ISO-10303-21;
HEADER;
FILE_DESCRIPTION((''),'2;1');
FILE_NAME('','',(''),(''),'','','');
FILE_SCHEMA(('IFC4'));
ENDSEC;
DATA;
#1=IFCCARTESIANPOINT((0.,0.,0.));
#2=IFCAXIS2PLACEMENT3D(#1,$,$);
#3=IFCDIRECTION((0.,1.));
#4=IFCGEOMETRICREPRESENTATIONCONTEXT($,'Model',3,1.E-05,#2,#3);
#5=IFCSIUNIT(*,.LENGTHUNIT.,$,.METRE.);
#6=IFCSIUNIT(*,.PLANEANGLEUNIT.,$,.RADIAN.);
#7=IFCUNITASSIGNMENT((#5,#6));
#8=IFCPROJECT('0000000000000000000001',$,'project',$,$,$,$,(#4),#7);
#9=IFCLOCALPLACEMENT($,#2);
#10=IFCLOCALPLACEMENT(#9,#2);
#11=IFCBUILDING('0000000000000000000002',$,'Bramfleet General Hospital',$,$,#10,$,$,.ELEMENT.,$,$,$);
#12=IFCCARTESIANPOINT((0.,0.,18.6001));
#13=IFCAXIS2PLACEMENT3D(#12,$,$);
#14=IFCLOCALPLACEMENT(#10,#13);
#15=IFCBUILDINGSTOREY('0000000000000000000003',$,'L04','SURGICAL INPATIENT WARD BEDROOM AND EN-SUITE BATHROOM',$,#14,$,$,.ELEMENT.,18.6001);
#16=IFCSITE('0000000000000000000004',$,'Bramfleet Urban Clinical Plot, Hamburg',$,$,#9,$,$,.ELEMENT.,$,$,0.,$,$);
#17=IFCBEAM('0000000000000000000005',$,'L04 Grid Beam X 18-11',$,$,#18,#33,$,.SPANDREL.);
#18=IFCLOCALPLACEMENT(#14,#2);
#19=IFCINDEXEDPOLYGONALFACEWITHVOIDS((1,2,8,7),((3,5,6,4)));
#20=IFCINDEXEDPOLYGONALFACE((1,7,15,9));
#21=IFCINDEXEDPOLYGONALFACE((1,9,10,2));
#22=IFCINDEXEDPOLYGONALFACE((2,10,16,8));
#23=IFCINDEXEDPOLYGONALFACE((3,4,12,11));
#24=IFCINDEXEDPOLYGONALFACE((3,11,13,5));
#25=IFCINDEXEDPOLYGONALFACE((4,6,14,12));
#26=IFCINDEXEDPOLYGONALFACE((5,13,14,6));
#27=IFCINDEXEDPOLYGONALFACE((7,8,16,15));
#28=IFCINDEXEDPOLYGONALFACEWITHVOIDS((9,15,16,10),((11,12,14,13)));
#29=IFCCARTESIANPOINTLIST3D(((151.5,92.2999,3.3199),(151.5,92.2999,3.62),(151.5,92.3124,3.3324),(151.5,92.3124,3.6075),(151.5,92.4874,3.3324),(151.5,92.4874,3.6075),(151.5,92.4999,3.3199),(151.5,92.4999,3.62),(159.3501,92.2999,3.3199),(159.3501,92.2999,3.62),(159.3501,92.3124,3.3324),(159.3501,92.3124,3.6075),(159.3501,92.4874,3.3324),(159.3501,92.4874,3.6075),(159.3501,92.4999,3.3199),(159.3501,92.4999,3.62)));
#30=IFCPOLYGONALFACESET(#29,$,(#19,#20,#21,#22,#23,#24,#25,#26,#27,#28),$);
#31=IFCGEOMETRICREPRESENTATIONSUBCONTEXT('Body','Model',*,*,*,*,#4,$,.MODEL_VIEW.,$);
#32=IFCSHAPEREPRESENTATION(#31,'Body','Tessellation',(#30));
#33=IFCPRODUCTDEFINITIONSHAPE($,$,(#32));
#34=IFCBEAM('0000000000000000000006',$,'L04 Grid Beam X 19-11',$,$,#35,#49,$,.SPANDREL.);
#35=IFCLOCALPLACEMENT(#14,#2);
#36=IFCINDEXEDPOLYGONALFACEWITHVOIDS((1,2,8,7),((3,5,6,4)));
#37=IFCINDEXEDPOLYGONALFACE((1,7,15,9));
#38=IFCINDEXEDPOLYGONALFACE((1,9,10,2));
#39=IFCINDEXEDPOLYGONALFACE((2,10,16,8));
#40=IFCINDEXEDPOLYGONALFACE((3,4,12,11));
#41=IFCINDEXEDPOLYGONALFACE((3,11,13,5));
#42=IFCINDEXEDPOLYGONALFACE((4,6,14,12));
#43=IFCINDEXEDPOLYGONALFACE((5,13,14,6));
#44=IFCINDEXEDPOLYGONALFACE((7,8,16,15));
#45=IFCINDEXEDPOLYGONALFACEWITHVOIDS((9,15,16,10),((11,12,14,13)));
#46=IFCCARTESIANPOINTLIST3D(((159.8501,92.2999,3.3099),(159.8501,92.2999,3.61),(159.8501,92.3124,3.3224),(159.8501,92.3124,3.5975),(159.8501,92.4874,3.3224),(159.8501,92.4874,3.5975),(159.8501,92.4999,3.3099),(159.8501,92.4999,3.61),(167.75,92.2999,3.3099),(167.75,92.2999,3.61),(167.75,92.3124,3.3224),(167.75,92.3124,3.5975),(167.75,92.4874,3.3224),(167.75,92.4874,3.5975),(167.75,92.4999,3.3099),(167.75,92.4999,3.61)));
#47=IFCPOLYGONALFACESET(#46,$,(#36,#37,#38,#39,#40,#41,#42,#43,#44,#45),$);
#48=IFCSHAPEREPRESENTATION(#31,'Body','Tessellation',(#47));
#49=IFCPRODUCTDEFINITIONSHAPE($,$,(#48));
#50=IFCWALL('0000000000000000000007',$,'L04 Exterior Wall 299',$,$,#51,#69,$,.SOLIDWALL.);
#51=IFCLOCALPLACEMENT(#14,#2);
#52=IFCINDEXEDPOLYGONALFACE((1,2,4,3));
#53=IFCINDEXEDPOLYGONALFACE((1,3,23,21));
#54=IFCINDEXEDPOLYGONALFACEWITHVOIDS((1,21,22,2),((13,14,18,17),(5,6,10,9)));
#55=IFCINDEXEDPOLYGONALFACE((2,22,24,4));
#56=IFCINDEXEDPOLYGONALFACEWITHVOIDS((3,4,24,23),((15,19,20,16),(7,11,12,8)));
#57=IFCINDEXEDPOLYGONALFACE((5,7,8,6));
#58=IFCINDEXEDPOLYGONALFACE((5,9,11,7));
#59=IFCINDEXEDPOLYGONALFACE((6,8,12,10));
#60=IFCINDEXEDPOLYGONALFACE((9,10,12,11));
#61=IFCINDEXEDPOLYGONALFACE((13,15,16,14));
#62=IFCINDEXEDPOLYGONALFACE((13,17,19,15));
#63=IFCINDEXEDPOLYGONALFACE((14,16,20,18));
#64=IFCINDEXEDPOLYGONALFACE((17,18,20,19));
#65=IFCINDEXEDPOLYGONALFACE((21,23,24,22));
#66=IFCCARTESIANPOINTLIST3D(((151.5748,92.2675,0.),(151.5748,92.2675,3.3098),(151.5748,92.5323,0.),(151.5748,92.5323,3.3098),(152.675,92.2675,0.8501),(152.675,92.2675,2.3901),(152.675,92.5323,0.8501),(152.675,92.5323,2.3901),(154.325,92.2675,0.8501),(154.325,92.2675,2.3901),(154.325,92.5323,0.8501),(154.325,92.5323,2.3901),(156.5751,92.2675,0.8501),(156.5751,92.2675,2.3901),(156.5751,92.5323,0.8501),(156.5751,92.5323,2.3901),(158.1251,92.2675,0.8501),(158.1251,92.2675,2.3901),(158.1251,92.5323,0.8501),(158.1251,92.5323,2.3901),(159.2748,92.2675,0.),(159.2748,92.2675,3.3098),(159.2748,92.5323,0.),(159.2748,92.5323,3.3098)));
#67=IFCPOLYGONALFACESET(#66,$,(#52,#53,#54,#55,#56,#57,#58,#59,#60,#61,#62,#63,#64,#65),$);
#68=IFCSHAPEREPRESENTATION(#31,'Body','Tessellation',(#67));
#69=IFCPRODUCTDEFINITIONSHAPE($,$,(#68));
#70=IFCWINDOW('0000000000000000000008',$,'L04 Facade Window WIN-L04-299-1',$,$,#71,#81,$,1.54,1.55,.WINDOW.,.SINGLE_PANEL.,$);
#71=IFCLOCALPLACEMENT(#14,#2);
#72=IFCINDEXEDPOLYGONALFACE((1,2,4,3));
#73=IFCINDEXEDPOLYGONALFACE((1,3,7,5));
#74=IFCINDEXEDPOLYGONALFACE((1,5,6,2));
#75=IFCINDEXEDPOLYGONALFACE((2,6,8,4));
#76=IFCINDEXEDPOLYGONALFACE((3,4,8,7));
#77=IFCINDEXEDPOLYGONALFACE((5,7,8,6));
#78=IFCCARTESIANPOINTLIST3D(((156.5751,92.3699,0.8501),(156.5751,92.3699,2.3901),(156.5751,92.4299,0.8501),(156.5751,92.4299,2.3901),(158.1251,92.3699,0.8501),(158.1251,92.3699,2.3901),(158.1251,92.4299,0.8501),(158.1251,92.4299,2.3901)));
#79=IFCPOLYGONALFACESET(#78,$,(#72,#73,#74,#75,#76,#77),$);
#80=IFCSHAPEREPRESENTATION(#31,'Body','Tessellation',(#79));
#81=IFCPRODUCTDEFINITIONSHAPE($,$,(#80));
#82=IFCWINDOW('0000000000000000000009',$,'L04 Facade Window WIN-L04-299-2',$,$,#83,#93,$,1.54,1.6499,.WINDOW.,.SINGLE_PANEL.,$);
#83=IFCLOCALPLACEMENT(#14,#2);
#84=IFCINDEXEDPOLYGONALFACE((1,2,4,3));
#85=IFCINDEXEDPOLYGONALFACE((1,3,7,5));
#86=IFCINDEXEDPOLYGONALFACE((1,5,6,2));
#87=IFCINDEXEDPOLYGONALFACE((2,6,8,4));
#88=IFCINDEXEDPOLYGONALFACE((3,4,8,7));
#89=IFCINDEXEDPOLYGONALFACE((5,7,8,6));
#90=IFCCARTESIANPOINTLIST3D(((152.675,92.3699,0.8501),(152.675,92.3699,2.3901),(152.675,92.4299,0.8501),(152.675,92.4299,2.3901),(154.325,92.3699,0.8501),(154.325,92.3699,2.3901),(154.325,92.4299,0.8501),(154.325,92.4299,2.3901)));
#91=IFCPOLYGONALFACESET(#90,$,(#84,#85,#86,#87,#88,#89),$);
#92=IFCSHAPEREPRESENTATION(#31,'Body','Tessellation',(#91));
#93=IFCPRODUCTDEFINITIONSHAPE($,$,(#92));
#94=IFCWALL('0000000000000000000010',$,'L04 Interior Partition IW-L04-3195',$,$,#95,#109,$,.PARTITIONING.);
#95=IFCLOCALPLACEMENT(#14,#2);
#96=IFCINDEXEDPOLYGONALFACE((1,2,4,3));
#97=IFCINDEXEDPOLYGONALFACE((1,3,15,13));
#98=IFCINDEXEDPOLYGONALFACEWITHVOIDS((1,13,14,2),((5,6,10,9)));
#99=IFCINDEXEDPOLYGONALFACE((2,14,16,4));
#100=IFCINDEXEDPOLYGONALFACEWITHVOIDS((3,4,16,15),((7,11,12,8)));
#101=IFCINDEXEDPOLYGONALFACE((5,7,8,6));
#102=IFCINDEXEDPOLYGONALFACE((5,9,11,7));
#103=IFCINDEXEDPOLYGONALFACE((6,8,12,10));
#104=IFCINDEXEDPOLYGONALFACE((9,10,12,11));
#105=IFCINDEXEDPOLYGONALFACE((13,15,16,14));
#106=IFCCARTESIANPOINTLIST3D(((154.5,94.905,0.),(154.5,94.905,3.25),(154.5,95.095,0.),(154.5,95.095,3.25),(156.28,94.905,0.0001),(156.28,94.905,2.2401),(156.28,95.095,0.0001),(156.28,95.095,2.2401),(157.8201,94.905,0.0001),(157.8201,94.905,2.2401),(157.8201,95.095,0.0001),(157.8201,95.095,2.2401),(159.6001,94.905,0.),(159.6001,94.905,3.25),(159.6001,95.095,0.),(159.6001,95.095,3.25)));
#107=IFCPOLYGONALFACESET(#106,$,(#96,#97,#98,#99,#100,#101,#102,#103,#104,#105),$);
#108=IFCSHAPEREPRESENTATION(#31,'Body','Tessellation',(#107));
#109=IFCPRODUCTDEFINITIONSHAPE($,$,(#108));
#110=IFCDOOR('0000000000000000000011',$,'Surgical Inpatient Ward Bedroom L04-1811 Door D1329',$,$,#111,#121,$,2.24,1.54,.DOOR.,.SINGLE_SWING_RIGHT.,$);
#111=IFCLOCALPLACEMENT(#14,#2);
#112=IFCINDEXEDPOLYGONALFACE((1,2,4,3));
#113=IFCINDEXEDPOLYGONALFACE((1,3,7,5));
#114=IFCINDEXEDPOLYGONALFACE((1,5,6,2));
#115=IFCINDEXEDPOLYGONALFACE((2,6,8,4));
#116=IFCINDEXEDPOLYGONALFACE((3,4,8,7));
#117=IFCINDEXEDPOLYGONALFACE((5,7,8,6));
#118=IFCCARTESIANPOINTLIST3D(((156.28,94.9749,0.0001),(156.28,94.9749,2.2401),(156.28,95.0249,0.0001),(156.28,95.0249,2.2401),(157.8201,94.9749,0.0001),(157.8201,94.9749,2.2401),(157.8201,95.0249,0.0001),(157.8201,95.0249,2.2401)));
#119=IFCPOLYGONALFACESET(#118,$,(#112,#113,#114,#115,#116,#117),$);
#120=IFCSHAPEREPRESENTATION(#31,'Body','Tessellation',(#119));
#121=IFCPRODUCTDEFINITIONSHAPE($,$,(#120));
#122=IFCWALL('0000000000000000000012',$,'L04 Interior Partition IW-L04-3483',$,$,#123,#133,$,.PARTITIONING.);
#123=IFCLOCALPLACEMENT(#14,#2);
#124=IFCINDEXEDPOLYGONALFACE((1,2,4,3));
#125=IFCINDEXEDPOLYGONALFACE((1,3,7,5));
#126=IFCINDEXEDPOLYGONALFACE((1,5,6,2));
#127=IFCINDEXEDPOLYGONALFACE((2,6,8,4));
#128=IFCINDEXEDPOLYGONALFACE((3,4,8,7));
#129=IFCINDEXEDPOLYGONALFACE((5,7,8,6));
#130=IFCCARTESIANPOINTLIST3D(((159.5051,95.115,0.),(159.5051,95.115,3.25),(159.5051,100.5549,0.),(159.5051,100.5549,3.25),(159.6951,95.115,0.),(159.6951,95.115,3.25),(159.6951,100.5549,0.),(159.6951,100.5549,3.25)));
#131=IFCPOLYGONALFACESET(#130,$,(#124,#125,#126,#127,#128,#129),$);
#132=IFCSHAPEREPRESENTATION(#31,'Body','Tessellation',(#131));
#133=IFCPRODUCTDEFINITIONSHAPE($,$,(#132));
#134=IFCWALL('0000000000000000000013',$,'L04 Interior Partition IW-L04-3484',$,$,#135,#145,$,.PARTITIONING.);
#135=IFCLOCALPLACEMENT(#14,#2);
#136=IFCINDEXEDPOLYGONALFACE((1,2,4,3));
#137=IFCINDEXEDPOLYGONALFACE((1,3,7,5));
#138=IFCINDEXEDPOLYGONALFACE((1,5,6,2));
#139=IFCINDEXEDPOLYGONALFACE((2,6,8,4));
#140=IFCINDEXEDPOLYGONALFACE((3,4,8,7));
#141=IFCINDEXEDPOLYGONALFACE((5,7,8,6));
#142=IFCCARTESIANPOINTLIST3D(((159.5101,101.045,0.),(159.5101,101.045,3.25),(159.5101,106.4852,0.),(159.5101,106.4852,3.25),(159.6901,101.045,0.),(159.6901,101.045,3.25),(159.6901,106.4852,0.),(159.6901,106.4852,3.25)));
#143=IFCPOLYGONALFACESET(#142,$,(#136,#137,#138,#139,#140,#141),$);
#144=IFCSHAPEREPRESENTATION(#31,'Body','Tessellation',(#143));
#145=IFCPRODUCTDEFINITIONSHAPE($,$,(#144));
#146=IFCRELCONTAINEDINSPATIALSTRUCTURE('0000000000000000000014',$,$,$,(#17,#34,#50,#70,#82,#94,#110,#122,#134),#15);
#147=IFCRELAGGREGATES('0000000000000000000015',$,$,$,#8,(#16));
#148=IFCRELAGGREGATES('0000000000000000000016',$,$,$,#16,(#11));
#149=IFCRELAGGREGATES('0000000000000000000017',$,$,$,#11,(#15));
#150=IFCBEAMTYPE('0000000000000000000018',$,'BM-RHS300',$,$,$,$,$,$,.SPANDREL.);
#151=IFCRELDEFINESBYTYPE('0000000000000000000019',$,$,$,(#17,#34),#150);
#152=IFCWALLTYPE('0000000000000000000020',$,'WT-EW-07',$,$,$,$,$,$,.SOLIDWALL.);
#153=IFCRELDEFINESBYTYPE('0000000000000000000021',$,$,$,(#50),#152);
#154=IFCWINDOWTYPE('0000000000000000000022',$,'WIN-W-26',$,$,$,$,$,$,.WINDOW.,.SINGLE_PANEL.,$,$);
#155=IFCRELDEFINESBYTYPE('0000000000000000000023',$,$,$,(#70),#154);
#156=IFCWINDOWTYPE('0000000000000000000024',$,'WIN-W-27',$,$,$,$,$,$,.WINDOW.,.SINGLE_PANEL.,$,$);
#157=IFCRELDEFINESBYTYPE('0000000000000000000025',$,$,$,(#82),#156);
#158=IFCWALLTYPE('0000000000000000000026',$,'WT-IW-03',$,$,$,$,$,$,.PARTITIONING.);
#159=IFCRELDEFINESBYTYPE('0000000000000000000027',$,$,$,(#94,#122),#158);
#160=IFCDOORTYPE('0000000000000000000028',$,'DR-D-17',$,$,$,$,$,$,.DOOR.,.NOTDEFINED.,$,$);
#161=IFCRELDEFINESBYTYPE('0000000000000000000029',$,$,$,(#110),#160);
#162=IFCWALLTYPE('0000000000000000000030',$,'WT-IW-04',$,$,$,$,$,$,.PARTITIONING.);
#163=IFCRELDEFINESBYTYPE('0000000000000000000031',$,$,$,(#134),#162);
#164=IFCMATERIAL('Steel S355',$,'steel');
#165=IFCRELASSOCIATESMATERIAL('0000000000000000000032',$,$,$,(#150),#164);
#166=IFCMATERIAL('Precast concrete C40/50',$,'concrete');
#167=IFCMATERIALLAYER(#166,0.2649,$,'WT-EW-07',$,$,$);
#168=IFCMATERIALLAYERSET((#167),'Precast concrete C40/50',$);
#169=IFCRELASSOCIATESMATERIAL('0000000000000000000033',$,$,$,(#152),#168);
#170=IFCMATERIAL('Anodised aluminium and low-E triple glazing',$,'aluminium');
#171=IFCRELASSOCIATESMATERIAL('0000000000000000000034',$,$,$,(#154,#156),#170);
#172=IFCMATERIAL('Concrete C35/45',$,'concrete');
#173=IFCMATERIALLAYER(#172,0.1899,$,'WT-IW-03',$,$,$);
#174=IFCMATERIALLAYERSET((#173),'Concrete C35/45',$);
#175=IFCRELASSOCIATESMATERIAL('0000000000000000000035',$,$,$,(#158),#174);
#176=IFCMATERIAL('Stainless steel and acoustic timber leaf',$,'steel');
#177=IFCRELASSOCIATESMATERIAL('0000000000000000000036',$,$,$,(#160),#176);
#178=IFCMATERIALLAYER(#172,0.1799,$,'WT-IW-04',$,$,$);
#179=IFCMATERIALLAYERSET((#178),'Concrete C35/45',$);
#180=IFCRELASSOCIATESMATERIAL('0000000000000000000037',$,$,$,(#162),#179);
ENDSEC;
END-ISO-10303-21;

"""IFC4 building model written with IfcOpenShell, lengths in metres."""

from ifc_helpers import new_model, si_unit, direction, frame, frame_2d, origin, origin_2d, place, context, subcontext, project, spatial, rectangle, hollow_rectangle, extrude, material, layer, layer_set, material_profile, profile_set, type_object, element, fill, save


model = new_model("IFC4")

# Units and contexts
model_context = context("Model", 3, precision=1e-05, world=origin(), true_north=direction((0.0, 1.0)))
body_context = subcontext(model_context, "Body", "Model", "MODEL_VIEW")
ifc_project = project(units=[si_unit("LENGTHUNIT", "METRE"), si_unit("PLANEANGLEUNIT", "RADIAN")], contexts=[model_context])

# Site, building, storey
site_placement = place(None, origin())
site = spatial("IfcSite", under=ifc_project, at=site_placement, Name="Bramfleet Urban Clinical Plot, Hamburg", CompositionType="ELEMENT", RefElevation=0.0)
building_placement = place(site_placement, origin())
building = spatial("IfcBuilding", under=site, at=building_placement, Name="Bramfleet General Hospital", CompositionType="ELEMENT")
storey_placement = place(building_placement, frame((0.0, 0.0, 18.6001)))
storey = spatial("IfcBuildingStorey", under=building, at=storey_placement, Name="L04", Description="SURGICAL INPATIENT WARD BEDROOM AND EN-SUITE BATHROOM", CompositionType="ELEMENT", Elevation=18.6001)

# Beams
ifc_material_1 = material(Name="Steel S355", Category="steel")
ifc_material_profile_1 = material_profile(ifc_material_1, hollow_rectangle(XDim=0.2, YDim=0.3, WallThickness=0.0125, at=origin_2d()), Name="RHS 300x200x12.5")
ifc_profile_set_1 = profile_set([ifc_material_profile_1], Name="Steel S355")
beam_type_1 = type_object("IfcBeamType", Name="BM-RHS300", PredefinedType="SPANDREL", material=ifc_profile_set_1)
beam_1_placement = place(storey_placement, frame((151.5, 92.3999, 3.47), z_axis=(1.0, 0.0, 0.0), x_axis=(0.0, 1.0, 0.0)))
element("IfcBeam", 1, at=beam_1_placement, inside=storey, type_object=beam_type_1, Name="L04 Grid Beam X 18-11", PredefinedType="SPANDREL", context=body_context, shape_type="SweptSolid", body=[
    extrude(hollow_rectangle(XDim=0.2, YDim=0.3, WallThickness=0.0125, at=origin_2d()), origin(), (0.0, 0.0, 1.0), 7.8501),
])
beam_2_placement = place(storey_placement, frame((159.8501, 92.3999, 3.46), z_axis=(1.0, 0.0, 0.0), x_axis=(0.0, 1.0, 0.0)))
element("IfcBeam", 2, at=beam_2_placement, inside=storey, type_object=beam_type_1, Name="L04 Grid Beam X 19-11", PredefinedType="SPANDREL", context=body_context, shape_type="SweptSolid", body=[
    extrude(hollow_rectangle(XDim=0.2, YDim=0.3, WallThickness=0.0125, at=origin_2d()), origin(), (0.0, 0.0, 1.0), 7.8999),
])

# Wall, openings, windows
ifc_material_2 = material(Name="Precast concrete C40/50", Category="concrete")
ifc_layer_1 = layer(ifc_material_2, 0.2649, Name="WT-EW-07")
ifc_layer_set_1 = layer_set([ifc_layer_1], Name="Precast concrete C40/50")
wall_type_1 = type_object("IfcWallType", Name="WT-EW-07", PredefinedType="SOLIDWALL", material=ifc_layer_set_1)
wall_1_placement = place(storey_placement, frame((159.2749, 92.3999, 0.0), z_axis=(0.0, 0.0, 1.0), x_axis=(-1.0, 0.0, 0.0)))
wall_1 = element("IfcWall", 3, at=wall_1_placement, inside=storey, type_object=wall_type_1, Name="L04 Exterior Wall 299", PredefinedType="SOLIDWALL", context=body_context, shape_type="SweptSolid", body=[
    extrude(rectangle(XDim=7.7, YDim=0.2649, at=frame_2d((3.8501, 0.0))), origin(), (0.0, 0.0, 1.0), 3.3098),
])
opening_1_placement = place(wall_1_placement, frame((1.1499, 0.0, 0.8501)))
opening_1 = element("IfcOpeningElement", 4, at=opening_1_placement, cuts=wall_1, PredefinedType="OPENING", context=body_context, shape_type="SweptSolid", body=[
    extrude(rectangle(XDim=1.55, YDim=1.54, at=frame_2d((0.7749, 0.77))), frame((0.0, 0.1423, 0.0), z_axis=(0.0, -1.0, 0.0), x_axis=(1.0, 0.0, 0.0)), (0.0, 0.0, 1.0), 0.2849),
])
opening_2_placement = place(wall_1_placement, frame((4.95, 0.0, 0.8501)))
opening_2 = element("IfcOpeningElement", 5, at=opening_2_placement, cuts=wall_1, PredefinedType="OPENING", context=body_context, shape_type="SweptSolid", body=[
    extrude(rectangle(XDim=1.6499, YDim=1.54, at=frame_2d((0.825, 0.77))), frame((0.0, 0.1423, 0.0), z_axis=(0.0, -1.0, 0.0), x_axis=(1.0, 0.0, 0.0)), (0.0, 0.0, 1.0), 0.2849),
])
ifc_material_3 = material(Name="Anodised aluminium and low-E triple glazing", Category="aluminium")
window_type_1 = type_object("IfcWindowType", Name="WIN-W-26", PartitioningType="SINGLE_PANEL", PredefinedType="WINDOW", material=ifc_material_3)
window_1_placement = place(opening_1_placement, origin())
window_1 = element("IfcWindow", 6, at=window_1_placement, inside=storey, type_object=window_type_1, Name="L04 Facade Window WIN-L04-299-1", OverallHeight=1.54, OverallWidth=1.55, PartitioningType="SINGLE_PANEL", PredefinedType="WINDOW", context=body_context, shape_type="SweptSolid", body=[
    extrude(rectangle(XDim=1.55, YDim=1.54, at=frame_2d((0.7749, 0.77))), frame((0.0, 0.03, 0.0), z_axis=(0.0, -1.0, 0.0), x_axis=(1.0, 0.0, 0.0)), (0.0, 0.0, 1.0), 0.0601),
])
fill(opening_1, window_1)
window_type_2 = type_object("IfcWindowType", Name="WIN-W-27", PartitioningType="SINGLE_PANEL", PredefinedType="WINDOW", material=ifc_material_3)
window_2_placement = place(opening_2_placement, origin())
window_2 = element("IfcWindow", 7, at=window_2_placement, inside=storey, type_object=window_type_2, Name="L04 Facade Window WIN-L04-299-2", OverallHeight=1.54, OverallWidth=1.6499, PartitioningType="SINGLE_PANEL", PredefinedType="WINDOW", context=body_context, shape_type="SweptSolid", body=[
    extrude(rectangle(XDim=1.6499, YDim=1.54, at=frame_2d((0.825, 0.77))), frame((0.0, 0.03, 0.0), z_axis=(0.0, -1.0, 0.0), x_axis=(1.0, 0.0, 0.0)), (0.0, 0.0, 1.0), 0.0601),
])
fill(opening_2, window_2)

# Wall, opening, door
ifc_material_4 = material(Name="Concrete C35/45", Category="concrete")
ifc_layer_2 = layer(ifc_material_4, 0.1899, Name="WT-IW-03")
ifc_layer_set_2 = layer_set([ifc_layer_2], Name="Concrete C35/45")
wall_type_2 = type_object("IfcWallType", Name="WT-IW-03", PredefinedType="PARTITIONING", material=ifc_layer_set_2)
wall_2_placement = place(storey_placement, frame((154.5, 95.0, 0.0), z_axis=(0.0, 0.0, 1.0), x_axis=(1.0, 0.0, 0.0)))
wall_2 = element("IfcWall", 8, at=wall_2_placement, inside=storey, type_object=wall_type_2, Name="L04 Interior Partition IW-L04-3195", PredefinedType="PARTITIONING", context=body_context, shape_type="SweptSolid", body=[
    extrude(rectangle(XDim=5.1001, YDim=0.1899, at=frame_2d((2.55, 0.0))), origin(), (0.0, 0.0, 1.0), 3.25),
])
opening_3_placement = place(wall_2_placement, frame((1.78, 0.0, 0.0)))
opening_3 = element("IfcOpeningElement", 9, at=opening_3_placement, cuts=wall_2, PredefinedType="OPENING", context=body_context, shape_type="SweptSolid", body=[
    extrude(rectangle(XDim=1.54, YDim=2.24, at=frame_2d((0.77, 1.1201))), frame((0.0, 0.105, 0.0), z_axis=(0.0, -1.0, 0.0), x_axis=(1.0, 0.0, 0.0)), (0.0, 0.0, 1.0), 0.21),
])
ifc_material_5 = material(Name="Stainless steel and acoustic timber leaf", Category="steel")
door_type_1 = type_object("IfcDoorType", Name="DR-D-17", OperationType="NOTDEFINED", PredefinedType="DOOR", material=ifc_material_5)
door_1_placement = place(opening_3_placement, origin())
door_1 = element("IfcDoor", 10, at=door_1_placement, inside=storey, type_object=door_type_1, Name="Surgical Inpatient Ward Bedroom L04-1811 Door D1329", OperationType="SINGLE_SWING_RIGHT", OverallHeight=2.24, OverallWidth=1.54, PredefinedType="DOOR", context=body_context, shape_type="SweptSolid", body=[
    extrude(rectangle(XDim=1.54, YDim=2.24, at=frame_2d((0.77, 1.1201))), frame((0.0, 0.0249, 0.0), z_axis=(0.0, -1.0, 0.0), x_axis=(1.0, 0.0, 0.0)), (0.0, 0.0, 1.0), 0.05),
])
fill(opening_3, door_1)

# Walls
wall_3_placement = place(storey_placement, frame((159.6001, 95.115, 0.0), z_axis=(0.0, 0.0, 1.0), x_axis=(0.0, 1.0, 0.0)))
element("IfcWall", 11, at=wall_3_placement, inside=storey, type_object=wall_type_2, Name="L04 Interior Partition IW-L04-3483", PredefinedType="PARTITIONING", context=body_context, shape_type="SweptSolid", body=[
    extrude(rectangle(XDim=5.4399, YDim=0.1899, at=frame_2d((2.72, 0.0))), origin(), (0.0, 0.0, 1.0), 3.25),
])
ifc_layer_3 = layer(ifc_material_4, 0.1799, Name="WT-IW-04")
ifc_layer_set_3 = layer_set([ifc_layer_3], Name="Concrete C35/45")
wall_type_3 = type_object("IfcWallType", Name="WT-IW-04", PredefinedType="PARTITIONING", material=ifc_layer_set_3)
wall_4_placement = place(storey_placement, frame((159.6001, 101.0449, 0.0), z_axis=(0.0, 0.0, 1.0), x_axis=(0.0, 1.0, 0.0)))
element("IfcWall", 12, at=wall_4_placement, inside=storey, type_object=wall_type_3, Name="L04 Interior Partition IW-L04-3484", PredefinedType="PARTITIONING", context=body_context, shape_type="SweptSolid", body=[
    extrude(rectangle(XDim=5.4402, YDim=0.1799, at=frame_2d((2.7202, 0.0))), origin(), (0.0, 0.0, 1.0), 3.25),
])

save(model, "model.ifc")
